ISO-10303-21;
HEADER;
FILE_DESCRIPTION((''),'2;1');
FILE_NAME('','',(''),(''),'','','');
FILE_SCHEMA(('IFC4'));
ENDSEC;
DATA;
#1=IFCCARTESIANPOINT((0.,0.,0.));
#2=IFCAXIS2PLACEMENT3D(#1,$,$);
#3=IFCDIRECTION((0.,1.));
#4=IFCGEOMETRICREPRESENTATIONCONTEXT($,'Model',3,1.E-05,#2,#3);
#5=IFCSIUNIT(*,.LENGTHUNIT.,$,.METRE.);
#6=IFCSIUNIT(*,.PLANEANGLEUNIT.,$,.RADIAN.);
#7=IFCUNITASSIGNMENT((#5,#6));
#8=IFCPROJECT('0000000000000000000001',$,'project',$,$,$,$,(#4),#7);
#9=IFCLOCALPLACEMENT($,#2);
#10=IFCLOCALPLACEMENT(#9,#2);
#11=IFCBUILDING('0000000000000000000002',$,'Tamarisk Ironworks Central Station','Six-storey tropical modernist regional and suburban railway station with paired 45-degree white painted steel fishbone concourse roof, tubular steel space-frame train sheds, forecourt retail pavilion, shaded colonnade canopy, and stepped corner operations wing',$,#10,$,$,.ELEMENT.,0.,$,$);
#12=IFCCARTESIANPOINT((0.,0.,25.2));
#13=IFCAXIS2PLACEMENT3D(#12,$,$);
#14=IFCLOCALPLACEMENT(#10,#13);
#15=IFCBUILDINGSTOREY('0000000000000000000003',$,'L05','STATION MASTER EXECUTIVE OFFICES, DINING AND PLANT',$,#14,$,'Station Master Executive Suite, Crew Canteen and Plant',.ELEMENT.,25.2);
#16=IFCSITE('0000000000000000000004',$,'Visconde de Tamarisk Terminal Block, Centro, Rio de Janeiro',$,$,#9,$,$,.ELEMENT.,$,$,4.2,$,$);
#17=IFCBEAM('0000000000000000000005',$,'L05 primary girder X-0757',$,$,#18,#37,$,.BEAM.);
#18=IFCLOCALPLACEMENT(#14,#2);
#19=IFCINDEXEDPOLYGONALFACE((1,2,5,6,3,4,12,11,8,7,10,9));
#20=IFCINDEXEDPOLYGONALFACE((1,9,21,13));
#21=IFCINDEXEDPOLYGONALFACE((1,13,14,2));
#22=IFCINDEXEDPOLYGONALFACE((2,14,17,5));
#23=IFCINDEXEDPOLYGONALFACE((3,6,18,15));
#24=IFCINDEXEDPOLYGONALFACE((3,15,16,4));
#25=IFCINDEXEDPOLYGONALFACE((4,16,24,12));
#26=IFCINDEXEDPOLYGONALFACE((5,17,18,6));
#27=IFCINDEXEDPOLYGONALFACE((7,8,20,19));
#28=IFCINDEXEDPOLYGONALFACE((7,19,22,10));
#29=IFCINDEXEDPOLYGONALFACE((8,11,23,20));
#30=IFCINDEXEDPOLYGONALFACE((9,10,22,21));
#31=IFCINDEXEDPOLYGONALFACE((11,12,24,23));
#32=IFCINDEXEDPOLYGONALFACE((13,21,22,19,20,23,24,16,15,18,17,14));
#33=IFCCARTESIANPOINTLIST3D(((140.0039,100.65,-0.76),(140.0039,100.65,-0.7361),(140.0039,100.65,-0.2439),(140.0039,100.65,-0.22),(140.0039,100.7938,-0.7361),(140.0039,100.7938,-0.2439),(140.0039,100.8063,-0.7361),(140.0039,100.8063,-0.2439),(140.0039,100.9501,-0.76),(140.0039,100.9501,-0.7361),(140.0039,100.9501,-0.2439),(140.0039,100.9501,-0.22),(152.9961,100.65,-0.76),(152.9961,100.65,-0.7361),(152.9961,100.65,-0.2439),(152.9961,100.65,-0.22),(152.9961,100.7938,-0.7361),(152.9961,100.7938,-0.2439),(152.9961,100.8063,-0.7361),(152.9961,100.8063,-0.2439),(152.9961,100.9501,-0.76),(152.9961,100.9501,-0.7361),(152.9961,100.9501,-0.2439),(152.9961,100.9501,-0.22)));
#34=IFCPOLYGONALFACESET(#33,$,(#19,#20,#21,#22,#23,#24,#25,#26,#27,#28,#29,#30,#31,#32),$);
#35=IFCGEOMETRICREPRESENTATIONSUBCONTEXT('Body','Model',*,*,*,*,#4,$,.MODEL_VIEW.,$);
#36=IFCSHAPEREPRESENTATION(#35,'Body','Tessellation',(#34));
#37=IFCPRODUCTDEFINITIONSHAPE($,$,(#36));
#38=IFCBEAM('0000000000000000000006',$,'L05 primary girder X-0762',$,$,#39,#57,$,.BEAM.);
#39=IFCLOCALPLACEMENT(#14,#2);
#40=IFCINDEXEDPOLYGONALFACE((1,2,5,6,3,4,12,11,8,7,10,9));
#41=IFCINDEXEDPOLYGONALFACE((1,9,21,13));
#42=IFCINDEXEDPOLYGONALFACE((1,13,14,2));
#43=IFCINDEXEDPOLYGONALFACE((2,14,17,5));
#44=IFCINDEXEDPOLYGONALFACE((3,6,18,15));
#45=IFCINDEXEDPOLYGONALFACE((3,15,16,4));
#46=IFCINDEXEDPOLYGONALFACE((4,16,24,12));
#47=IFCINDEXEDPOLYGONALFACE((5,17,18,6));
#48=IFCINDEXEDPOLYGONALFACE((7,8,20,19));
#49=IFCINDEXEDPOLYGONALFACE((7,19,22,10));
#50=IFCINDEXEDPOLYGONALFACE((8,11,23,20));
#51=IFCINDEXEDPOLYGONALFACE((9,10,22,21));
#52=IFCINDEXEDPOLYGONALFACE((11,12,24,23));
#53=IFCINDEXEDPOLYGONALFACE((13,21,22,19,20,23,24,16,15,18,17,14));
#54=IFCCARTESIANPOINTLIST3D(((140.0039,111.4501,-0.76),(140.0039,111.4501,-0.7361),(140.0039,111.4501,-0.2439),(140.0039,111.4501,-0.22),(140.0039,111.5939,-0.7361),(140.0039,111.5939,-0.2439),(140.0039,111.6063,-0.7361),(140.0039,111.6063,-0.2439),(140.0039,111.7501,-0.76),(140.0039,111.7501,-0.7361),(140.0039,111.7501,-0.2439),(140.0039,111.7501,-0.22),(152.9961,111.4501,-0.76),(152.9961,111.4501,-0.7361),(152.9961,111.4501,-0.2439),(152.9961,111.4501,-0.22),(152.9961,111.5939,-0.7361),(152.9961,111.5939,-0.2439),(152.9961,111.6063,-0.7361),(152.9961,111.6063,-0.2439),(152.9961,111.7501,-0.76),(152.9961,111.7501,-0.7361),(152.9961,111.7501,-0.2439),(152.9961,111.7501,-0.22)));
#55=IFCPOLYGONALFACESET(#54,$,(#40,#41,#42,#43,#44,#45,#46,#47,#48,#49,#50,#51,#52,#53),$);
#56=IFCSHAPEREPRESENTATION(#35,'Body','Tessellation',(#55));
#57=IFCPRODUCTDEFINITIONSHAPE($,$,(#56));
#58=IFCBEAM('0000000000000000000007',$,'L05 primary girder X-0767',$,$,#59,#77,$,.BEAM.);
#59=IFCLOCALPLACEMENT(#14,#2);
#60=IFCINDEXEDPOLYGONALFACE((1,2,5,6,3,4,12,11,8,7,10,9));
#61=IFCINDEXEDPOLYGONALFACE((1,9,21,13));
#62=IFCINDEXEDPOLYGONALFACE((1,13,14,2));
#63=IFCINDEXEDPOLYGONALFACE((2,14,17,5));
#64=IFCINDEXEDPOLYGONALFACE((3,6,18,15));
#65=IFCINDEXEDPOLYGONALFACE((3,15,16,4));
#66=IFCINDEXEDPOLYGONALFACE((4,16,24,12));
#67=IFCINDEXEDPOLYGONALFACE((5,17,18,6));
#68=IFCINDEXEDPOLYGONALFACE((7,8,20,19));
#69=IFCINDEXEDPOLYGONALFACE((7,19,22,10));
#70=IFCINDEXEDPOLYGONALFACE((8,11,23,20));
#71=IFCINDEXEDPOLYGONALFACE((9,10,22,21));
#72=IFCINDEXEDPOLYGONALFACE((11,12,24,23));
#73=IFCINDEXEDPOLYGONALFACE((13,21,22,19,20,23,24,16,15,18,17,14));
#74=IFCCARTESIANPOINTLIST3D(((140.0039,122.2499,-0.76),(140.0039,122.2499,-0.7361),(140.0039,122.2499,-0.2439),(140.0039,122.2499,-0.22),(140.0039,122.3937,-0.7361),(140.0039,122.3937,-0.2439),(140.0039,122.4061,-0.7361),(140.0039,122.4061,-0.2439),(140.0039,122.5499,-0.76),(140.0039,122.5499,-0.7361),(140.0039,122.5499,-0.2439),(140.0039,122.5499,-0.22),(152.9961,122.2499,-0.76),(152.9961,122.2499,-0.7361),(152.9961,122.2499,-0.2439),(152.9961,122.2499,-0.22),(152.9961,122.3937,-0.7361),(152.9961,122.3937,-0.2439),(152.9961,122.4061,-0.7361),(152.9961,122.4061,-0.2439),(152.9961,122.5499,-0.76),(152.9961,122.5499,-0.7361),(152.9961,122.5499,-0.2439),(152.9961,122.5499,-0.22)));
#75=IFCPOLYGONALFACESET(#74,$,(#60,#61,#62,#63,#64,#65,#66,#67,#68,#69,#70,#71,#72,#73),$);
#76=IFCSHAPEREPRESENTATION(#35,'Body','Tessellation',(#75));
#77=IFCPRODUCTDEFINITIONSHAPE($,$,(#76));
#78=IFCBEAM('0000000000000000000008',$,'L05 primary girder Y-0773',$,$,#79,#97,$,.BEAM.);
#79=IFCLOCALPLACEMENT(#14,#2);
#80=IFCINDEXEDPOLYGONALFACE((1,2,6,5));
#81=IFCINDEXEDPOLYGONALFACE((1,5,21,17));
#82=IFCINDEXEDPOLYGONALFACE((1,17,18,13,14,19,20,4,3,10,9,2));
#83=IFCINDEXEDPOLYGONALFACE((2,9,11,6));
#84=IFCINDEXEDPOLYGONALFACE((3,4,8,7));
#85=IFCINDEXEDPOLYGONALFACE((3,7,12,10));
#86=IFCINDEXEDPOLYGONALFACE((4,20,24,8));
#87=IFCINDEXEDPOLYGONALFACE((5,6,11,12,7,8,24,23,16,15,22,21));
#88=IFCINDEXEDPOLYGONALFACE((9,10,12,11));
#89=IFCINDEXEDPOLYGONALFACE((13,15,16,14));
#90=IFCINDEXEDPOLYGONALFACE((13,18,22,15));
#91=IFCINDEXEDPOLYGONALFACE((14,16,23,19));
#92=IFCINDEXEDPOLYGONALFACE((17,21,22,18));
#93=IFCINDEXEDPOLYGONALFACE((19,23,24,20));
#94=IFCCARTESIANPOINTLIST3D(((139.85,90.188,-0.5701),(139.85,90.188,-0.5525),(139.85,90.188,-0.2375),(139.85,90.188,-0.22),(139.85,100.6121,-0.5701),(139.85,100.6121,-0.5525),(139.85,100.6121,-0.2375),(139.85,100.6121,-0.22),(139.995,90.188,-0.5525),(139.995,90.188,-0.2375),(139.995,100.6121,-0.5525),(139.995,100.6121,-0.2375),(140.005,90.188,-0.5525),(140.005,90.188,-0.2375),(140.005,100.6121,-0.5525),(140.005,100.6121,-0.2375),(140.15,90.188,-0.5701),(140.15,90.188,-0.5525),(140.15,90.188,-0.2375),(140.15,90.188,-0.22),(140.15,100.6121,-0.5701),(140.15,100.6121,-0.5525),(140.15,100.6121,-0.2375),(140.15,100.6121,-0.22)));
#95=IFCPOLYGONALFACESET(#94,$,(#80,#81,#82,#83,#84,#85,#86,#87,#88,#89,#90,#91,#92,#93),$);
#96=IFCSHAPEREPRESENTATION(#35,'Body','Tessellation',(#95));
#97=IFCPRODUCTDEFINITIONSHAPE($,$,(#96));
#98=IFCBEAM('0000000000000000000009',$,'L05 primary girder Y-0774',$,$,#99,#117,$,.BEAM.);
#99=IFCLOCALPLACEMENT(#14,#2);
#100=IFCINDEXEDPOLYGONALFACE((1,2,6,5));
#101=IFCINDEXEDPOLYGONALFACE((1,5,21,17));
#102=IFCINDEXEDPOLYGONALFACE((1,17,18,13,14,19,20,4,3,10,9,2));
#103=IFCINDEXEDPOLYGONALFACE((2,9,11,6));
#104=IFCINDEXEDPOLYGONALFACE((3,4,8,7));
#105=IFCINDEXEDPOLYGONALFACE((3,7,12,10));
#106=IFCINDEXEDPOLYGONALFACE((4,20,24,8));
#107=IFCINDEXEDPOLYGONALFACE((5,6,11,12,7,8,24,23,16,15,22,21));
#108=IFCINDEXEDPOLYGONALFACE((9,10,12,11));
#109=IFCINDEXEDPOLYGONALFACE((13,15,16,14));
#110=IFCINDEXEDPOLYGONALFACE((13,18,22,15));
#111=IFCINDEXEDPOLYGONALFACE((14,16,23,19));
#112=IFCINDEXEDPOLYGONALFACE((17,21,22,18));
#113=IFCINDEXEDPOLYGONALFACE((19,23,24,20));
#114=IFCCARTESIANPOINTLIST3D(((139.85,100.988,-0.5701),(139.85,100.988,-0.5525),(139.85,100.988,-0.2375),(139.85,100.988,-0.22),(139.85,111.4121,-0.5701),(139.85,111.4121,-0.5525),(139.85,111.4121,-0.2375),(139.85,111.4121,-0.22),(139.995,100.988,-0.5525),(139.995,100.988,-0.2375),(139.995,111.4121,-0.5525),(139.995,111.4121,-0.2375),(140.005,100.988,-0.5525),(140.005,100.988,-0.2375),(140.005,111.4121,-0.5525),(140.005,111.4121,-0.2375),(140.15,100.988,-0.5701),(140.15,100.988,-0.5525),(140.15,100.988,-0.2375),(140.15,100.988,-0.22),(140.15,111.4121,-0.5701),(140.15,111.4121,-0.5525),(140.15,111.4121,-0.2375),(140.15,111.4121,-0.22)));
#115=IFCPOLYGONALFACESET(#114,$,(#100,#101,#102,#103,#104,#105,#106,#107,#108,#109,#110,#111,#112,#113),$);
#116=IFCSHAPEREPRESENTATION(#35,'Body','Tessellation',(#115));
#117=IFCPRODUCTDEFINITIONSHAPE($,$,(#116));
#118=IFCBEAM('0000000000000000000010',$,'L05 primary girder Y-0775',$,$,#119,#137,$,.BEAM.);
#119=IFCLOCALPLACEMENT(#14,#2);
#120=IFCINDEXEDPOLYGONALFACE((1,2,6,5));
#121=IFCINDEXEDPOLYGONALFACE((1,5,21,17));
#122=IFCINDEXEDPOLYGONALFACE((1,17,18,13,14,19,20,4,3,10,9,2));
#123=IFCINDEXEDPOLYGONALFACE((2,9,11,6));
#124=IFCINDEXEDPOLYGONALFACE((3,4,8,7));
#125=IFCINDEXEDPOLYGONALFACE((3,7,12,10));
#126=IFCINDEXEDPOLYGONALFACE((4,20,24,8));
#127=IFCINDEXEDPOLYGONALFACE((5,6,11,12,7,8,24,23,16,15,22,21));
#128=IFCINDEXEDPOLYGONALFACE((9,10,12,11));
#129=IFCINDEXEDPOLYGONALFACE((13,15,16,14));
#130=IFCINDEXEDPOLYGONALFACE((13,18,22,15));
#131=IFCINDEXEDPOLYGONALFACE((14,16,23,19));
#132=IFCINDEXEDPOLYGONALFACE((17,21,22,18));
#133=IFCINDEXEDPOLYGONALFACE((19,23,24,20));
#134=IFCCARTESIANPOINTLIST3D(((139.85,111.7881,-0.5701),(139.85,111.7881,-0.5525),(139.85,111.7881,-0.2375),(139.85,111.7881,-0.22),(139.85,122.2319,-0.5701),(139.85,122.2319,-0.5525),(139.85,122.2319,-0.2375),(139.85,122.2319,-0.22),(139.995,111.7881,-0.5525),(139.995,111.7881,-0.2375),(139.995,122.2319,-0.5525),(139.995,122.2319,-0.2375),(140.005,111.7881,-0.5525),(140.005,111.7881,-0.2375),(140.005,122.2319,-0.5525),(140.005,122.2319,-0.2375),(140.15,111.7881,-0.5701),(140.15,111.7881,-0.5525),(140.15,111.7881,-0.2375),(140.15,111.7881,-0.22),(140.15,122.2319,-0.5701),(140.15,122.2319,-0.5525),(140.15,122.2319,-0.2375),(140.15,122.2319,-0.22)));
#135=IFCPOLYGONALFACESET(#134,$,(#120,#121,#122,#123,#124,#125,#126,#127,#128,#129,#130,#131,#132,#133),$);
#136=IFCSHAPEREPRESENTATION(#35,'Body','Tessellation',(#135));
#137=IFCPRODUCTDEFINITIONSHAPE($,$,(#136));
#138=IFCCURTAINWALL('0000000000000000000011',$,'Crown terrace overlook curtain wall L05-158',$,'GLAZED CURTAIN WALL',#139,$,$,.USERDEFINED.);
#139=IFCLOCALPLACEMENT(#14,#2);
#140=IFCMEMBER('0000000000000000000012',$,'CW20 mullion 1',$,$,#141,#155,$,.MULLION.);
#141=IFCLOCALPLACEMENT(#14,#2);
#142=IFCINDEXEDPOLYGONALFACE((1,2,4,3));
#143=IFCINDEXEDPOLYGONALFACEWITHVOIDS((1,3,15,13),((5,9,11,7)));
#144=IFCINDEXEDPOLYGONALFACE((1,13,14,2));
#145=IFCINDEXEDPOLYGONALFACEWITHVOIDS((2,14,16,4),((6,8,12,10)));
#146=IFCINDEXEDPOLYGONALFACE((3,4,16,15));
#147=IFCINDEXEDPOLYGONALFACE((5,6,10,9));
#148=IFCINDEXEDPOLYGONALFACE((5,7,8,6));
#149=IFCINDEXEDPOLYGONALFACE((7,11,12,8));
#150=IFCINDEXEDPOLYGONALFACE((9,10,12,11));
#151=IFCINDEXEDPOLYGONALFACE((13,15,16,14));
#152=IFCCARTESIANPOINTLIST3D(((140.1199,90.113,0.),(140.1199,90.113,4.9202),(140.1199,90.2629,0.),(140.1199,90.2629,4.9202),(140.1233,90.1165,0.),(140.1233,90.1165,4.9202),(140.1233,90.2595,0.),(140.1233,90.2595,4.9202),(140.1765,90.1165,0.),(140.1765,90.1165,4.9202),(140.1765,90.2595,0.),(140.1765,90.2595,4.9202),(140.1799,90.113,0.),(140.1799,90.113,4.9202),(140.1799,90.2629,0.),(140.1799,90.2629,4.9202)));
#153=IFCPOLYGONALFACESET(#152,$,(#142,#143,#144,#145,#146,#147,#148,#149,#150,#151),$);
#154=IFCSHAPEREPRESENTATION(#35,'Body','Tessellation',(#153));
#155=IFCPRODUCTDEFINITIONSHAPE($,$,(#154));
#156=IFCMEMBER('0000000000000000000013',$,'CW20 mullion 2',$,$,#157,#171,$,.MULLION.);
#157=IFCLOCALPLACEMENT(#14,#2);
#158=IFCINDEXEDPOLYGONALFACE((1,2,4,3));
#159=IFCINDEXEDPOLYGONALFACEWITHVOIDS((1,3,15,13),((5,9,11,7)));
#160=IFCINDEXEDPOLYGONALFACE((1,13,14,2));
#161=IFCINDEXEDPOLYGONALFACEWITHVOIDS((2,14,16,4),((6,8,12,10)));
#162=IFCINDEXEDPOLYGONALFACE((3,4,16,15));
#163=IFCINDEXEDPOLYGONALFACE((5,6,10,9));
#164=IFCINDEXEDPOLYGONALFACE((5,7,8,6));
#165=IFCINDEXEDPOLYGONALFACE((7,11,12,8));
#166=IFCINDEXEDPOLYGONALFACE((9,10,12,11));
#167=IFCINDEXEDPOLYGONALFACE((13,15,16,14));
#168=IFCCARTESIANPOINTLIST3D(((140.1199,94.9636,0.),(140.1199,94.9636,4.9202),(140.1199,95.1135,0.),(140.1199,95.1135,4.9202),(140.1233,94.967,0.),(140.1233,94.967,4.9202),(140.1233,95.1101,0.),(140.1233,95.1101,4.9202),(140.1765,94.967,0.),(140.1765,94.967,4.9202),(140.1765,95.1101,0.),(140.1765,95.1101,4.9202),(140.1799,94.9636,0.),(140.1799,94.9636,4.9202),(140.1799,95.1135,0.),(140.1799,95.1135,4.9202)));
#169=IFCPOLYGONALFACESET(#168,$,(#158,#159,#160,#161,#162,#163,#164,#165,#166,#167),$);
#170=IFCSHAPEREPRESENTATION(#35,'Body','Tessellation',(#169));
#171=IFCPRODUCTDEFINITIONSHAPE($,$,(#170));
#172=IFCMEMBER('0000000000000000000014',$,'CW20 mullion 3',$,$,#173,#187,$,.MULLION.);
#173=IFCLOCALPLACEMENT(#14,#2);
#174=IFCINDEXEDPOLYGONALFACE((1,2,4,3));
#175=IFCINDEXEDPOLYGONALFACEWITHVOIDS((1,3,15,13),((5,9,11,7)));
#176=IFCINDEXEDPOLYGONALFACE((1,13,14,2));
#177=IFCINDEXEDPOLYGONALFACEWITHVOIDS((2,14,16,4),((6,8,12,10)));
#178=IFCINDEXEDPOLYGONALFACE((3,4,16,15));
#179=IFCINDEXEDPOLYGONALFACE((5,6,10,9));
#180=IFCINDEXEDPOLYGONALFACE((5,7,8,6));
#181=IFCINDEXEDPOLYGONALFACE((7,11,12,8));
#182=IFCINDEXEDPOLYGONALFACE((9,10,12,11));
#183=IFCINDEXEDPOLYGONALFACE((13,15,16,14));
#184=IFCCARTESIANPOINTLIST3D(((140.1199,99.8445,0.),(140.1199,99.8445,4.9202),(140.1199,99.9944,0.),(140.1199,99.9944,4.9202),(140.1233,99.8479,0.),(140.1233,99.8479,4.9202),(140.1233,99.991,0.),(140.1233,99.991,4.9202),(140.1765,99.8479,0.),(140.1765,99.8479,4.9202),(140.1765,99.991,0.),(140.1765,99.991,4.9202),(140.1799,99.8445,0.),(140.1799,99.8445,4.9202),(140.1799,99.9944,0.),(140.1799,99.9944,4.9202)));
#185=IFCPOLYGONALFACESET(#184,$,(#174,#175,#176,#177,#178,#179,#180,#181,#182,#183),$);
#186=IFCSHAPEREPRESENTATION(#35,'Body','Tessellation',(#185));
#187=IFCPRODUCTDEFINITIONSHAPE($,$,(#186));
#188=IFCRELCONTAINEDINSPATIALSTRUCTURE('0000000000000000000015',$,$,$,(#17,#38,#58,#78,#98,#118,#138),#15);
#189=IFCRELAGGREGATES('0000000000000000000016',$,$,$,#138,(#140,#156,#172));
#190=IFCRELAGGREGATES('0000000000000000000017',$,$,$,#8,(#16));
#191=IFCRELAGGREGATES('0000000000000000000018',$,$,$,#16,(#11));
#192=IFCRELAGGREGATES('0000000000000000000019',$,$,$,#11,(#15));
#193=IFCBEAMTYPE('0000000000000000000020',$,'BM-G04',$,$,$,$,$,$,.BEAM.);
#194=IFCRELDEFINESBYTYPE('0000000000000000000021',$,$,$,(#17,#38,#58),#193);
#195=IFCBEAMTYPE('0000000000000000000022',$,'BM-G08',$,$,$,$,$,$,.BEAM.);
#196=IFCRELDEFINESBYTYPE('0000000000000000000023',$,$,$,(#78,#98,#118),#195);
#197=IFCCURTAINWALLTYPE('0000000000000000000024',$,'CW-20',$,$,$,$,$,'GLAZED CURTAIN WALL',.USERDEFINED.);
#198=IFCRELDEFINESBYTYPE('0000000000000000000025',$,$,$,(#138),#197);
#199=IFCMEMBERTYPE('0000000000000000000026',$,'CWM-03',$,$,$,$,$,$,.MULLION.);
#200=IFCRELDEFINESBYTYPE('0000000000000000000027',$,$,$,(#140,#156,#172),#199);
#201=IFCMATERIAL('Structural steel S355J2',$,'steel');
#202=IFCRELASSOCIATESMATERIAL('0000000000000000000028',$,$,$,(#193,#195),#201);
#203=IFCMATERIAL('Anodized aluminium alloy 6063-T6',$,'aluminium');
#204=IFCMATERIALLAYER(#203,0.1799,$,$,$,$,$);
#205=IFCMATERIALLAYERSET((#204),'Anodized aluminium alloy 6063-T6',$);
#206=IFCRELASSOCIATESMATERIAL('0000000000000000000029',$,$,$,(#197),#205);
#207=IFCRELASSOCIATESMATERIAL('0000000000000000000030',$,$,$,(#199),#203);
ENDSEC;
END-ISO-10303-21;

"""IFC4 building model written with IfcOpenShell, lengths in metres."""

from ifc_helpers import new_model, si_unit, direction, frame, origin, origin_2d, place, context, subcontext, project, spatial, hollow_rectangle, i_section, extrude, material, layer, layer_set, material_profile, profile_set, type_object, element, aggregate, save


model = new_model("IFC4")

# Units and contexts
model_context = context("Model", 3, precision=1e-05, world=origin(), true_north=direction((0.0, 1.0)))
body_context = subcontext(model_context, "Body", "Model", "MODEL_VIEW")
ifc_project = project(units=[si_unit("LENGTHUNIT", "METRE"), si_unit("PLANEANGLEUNIT", "RADIAN")], contexts=[model_context])

# Site, building, storey
site_placement = place(None, origin())
site = spatial("IfcSite", under=ifc_project, at=site_placement, Name="Visconde de Tamarisk Terminal Block, Centro, Rio de Janeiro", CompositionType="ELEMENT", RefElevation=4.2)
building_placement = place(site_placement, origin())
building = spatial("IfcBuilding", under=site, at=building_placement, Name="Tamarisk Ironworks Central Station", Description="Six-storey tropical modernist regional and suburban railway station with paired 45-degree white painted steel fishbone concourse roof, tubular steel space-frame train sheds, forecourt retail pavilion, shaded colonnade canopy, and stepped corner operations wing", CompositionType="ELEMENT", ElevationOfRefHeight=0.0)
storey_placement = place(building_placement, frame((0.0, 0.0, 25.2)))
storey = spatial("IfcBuildingStorey", under=building, at=storey_placement, Name="L05", Description="STATION MASTER EXECUTIVE OFFICES, DINING AND PLANT", LongName="Station Master Executive Suite, Crew Canteen and Plant", CompositionType="ELEMENT", Elevation=25.2)

# Shared definitions
ifc_material_1 = material(Name="Structural steel S355J2", Category="steel")

# Beams
ifc_material_profile_1 = material_profile(ifc_material_1, i_section(OverallWidth=0.3, OverallDepth=0.54, WebThickness=0.0125, FlangeThickness=0.0239, at=origin_2d()), Name="HEA 550")
ifc_profile_set_1 = profile_set([ifc_material_profile_1], Name="Structural steel S355J2")
beam_type_1 = type_object("IfcBeamType", Name="BM-G04", PredefinedType="BEAM", material=ifc_profile_set_1)
for number, where, z_axis, x_axis, name in (
    (1, (140.0039, 100.8, -0.49), (1.0, 0.0, 0.0), (0.0, 1.0, 0.0), "L05 primary girder X-0757"),
    (2, (140.0039, 111.6001, -0.49), (1.0, 0.0, 0.0), (0.0, 1.0, 0.0), "L05 primary girder X-0762"),
    (3, (140.0039, 122.3999, -0.49), (1.0, 0.0, 0.0), (0.0, 1.0, 0.0), "L05 primary girder X-0767"),
):
    element("IfcBeam", number, at=place(storey_placement, frame(where, z_axis=z_axis, x_axis=x_axis)), inside=storey, type_object=beam_type_1, Name=name, PredefinedType="BEAM", context=body_context, shape_type="SweptSolid", body=[
        extrude(i_section(OverallWidth=0.3, OverallDepth=0.54, WebThickness=0.0125, FlangeThickness=0.0239, at=origin_2d()), origin(), (0.0, 0.0, 1.0), 12.9922),
    ])
ifc_material_profile_2 = material_profile(ifc_material_1, i_section(OverallWidth=0.3, OverallDepth=0.3501, WebThickness=0.01, FlangeThickness=0.0176, at=origin_2d()), Name="HEA 360")
ifc_profile_set_2 = profile_set([ifc_material_profile_2], Name="Structural steel S355J2")
beam_type_2 = type_object("IfcBeamType", Name="BM-G08", PredefinedType="BEAM", material=ifc_profile_set_2)
for number, where, z_axis, x_axis, name in (
    (4, (140.0, 90.188, -0.395), (0.0, 1.0, 0.0), (-1.0, 0.0, 0.0), "L05 primary girder Y-0773"),
    (5, (140.0, 100.988, -0.395), (0.0, 1.0, 0.0), (-1.0, 0.0, 0.0), "L05 primary girder Y-0774"),
):
    element("IfcBeam", number, at=place(storey_placement, frame(where, z_axis=z_axis, x_axis=x_axis)), inside=storey, type_object=beam_type_2, Name=name, PredefinedType="BEAM", context=body_context, shape_type="SweptSolid", body=[
        extrude(i_section(OverallWidth=0.3, OverallDepth=0.3501, WebThickness=0.01, FlangeThickness=0.0176, at=origin_2d()), origin(), (0.0, 0.0, 1.0), 10.4241),
    ])
beam_placement = place(storey_placement, frame((140.0, 111.7881, -0.395), z_axis=(0.0, 1.0, 0.0), x_axis=(-1.0, 0.0, 0.0)))
element("IfcBeam", 6, at=beam_placement, inside=storey, type_object=beam_type_2, Name="L05 primary girder Y-0775", PredefinedType="BEAM", context=body_context, shape_type="SweptSolid", body=[
    extrude(i_section(OverallWidth=0.3, OverallDepth=0.3501, WebThickness=0.01, FlangeThickness=0.0176, at=origin_2d()), origin(), (0.0, 0.0, 1.0), 10.4438),
])

# Curtain wall, members
ifc_material_2 = material(Name="Anodized aluminium alloy 6063-T6", Category="aluminium")
ifc_layer_1 = layer(ifc_material_2, 0.1799)
ifc_layer_set_1 = layer_set([ifc_layer_1], Name="Anodized aluminium alloy 6063-T6")
curtain_wall_type = type_object("IfcCurtainWallType", Name="CW-20", ElementType="GLAZED CURTAIN WALL", PredefinedType="USERDEFINED", material=ifc_layer_set_1)
curtain_wall_placement = place(storey_placement, origin())
curtain_wall = element("IfcCurtainWall", 7, at=curtain_wall_placement, inside=storey, type_object=curtain_wall_type, Name="Crown terrace overlook curtain wall L05-158", ObjectType="GLAZED CURTAIN WALL", PredefinedType="USERDEFINED")
ifc_material_profile_3 = material_profile(ifc_material_2, hollow_rectangle(XDim=0.0601, YDim=0.1499, WallThickness=0.0034, at=origin_2d()), Name="ALUM 150x60")
ifc_profile_set_3 = profile_set([ifc_material_profile_3], Name="Anodized aluminium alloy 6063-T6")
member_type = type_object("IfcMemberType", Name="CWM-03", PredefinedType="MULLION", material=ifc_profile_set_3)
member_1_placement = place(storey_placement, frame((140.1499, 90.188, 0.0), z_axis=(0.0, 0.0, 1.0), x_axis=(-1.0, 0.0, 0.0)))
member_1 = element("IfcMember", 8, at=member_1_placement, type_object=member_type, Name="CW20 mullion 1", PredefinedType="MULLION", context=body_context, shape_type="SweptSolid", body=[
    extrude(hollow_rectangle(XDim=0.0601, YDim=0.1499, WallThickness=0.0034, at=origin_2d()), origin(), (0.0, 0.0, 1.0), 4.9202),
])
member_2_placement = place(storey_placement, frame((140.1499, 95.0386, 0.0), z_axis=(0.0, 0.0, 1.0), x_axis=(-1.0, 0.0, 0.0)))
member_2 = element("IfcMember", 9, at=member_2_placement, type_object=member_type, Name="CW20 mullion 2", PredefinedType="MULLION", context=body_context, shape_type="SweptSolid", body=[
    extrude(hollow_rectangle(XDim=0.0601, YDim=0.1499, WallThickness=0.0034, at=origin_2d()), origin(), (0.0, 0.0, 1.0), 4.9202),
])
member_3_placement = place(storey_placement, frame((140.1499, 99.9194, 0.0), z_axis=(0.0, 0.0, 1.0), x_axis=(-1.0, 0.0, 0.0)))
member_3 = element("IfcMember", 10, at=member_3_placement, type_object=member_type, Name="CW20 mullion 3", PredefinedType="MULLION", context=body_context, shape_type="SweptSolid", body=[
    extrude(hollow_rectangle(XDim=0.0601, YDim=0.1499, WallThickness=0.0034, at=origin_2d()), origin(), (0.0, 0.0, 1.0), 4.9202),
])
aggregate(curtain_wall, [member_1, member_2, member_3])

save(model, "model.ifc")
